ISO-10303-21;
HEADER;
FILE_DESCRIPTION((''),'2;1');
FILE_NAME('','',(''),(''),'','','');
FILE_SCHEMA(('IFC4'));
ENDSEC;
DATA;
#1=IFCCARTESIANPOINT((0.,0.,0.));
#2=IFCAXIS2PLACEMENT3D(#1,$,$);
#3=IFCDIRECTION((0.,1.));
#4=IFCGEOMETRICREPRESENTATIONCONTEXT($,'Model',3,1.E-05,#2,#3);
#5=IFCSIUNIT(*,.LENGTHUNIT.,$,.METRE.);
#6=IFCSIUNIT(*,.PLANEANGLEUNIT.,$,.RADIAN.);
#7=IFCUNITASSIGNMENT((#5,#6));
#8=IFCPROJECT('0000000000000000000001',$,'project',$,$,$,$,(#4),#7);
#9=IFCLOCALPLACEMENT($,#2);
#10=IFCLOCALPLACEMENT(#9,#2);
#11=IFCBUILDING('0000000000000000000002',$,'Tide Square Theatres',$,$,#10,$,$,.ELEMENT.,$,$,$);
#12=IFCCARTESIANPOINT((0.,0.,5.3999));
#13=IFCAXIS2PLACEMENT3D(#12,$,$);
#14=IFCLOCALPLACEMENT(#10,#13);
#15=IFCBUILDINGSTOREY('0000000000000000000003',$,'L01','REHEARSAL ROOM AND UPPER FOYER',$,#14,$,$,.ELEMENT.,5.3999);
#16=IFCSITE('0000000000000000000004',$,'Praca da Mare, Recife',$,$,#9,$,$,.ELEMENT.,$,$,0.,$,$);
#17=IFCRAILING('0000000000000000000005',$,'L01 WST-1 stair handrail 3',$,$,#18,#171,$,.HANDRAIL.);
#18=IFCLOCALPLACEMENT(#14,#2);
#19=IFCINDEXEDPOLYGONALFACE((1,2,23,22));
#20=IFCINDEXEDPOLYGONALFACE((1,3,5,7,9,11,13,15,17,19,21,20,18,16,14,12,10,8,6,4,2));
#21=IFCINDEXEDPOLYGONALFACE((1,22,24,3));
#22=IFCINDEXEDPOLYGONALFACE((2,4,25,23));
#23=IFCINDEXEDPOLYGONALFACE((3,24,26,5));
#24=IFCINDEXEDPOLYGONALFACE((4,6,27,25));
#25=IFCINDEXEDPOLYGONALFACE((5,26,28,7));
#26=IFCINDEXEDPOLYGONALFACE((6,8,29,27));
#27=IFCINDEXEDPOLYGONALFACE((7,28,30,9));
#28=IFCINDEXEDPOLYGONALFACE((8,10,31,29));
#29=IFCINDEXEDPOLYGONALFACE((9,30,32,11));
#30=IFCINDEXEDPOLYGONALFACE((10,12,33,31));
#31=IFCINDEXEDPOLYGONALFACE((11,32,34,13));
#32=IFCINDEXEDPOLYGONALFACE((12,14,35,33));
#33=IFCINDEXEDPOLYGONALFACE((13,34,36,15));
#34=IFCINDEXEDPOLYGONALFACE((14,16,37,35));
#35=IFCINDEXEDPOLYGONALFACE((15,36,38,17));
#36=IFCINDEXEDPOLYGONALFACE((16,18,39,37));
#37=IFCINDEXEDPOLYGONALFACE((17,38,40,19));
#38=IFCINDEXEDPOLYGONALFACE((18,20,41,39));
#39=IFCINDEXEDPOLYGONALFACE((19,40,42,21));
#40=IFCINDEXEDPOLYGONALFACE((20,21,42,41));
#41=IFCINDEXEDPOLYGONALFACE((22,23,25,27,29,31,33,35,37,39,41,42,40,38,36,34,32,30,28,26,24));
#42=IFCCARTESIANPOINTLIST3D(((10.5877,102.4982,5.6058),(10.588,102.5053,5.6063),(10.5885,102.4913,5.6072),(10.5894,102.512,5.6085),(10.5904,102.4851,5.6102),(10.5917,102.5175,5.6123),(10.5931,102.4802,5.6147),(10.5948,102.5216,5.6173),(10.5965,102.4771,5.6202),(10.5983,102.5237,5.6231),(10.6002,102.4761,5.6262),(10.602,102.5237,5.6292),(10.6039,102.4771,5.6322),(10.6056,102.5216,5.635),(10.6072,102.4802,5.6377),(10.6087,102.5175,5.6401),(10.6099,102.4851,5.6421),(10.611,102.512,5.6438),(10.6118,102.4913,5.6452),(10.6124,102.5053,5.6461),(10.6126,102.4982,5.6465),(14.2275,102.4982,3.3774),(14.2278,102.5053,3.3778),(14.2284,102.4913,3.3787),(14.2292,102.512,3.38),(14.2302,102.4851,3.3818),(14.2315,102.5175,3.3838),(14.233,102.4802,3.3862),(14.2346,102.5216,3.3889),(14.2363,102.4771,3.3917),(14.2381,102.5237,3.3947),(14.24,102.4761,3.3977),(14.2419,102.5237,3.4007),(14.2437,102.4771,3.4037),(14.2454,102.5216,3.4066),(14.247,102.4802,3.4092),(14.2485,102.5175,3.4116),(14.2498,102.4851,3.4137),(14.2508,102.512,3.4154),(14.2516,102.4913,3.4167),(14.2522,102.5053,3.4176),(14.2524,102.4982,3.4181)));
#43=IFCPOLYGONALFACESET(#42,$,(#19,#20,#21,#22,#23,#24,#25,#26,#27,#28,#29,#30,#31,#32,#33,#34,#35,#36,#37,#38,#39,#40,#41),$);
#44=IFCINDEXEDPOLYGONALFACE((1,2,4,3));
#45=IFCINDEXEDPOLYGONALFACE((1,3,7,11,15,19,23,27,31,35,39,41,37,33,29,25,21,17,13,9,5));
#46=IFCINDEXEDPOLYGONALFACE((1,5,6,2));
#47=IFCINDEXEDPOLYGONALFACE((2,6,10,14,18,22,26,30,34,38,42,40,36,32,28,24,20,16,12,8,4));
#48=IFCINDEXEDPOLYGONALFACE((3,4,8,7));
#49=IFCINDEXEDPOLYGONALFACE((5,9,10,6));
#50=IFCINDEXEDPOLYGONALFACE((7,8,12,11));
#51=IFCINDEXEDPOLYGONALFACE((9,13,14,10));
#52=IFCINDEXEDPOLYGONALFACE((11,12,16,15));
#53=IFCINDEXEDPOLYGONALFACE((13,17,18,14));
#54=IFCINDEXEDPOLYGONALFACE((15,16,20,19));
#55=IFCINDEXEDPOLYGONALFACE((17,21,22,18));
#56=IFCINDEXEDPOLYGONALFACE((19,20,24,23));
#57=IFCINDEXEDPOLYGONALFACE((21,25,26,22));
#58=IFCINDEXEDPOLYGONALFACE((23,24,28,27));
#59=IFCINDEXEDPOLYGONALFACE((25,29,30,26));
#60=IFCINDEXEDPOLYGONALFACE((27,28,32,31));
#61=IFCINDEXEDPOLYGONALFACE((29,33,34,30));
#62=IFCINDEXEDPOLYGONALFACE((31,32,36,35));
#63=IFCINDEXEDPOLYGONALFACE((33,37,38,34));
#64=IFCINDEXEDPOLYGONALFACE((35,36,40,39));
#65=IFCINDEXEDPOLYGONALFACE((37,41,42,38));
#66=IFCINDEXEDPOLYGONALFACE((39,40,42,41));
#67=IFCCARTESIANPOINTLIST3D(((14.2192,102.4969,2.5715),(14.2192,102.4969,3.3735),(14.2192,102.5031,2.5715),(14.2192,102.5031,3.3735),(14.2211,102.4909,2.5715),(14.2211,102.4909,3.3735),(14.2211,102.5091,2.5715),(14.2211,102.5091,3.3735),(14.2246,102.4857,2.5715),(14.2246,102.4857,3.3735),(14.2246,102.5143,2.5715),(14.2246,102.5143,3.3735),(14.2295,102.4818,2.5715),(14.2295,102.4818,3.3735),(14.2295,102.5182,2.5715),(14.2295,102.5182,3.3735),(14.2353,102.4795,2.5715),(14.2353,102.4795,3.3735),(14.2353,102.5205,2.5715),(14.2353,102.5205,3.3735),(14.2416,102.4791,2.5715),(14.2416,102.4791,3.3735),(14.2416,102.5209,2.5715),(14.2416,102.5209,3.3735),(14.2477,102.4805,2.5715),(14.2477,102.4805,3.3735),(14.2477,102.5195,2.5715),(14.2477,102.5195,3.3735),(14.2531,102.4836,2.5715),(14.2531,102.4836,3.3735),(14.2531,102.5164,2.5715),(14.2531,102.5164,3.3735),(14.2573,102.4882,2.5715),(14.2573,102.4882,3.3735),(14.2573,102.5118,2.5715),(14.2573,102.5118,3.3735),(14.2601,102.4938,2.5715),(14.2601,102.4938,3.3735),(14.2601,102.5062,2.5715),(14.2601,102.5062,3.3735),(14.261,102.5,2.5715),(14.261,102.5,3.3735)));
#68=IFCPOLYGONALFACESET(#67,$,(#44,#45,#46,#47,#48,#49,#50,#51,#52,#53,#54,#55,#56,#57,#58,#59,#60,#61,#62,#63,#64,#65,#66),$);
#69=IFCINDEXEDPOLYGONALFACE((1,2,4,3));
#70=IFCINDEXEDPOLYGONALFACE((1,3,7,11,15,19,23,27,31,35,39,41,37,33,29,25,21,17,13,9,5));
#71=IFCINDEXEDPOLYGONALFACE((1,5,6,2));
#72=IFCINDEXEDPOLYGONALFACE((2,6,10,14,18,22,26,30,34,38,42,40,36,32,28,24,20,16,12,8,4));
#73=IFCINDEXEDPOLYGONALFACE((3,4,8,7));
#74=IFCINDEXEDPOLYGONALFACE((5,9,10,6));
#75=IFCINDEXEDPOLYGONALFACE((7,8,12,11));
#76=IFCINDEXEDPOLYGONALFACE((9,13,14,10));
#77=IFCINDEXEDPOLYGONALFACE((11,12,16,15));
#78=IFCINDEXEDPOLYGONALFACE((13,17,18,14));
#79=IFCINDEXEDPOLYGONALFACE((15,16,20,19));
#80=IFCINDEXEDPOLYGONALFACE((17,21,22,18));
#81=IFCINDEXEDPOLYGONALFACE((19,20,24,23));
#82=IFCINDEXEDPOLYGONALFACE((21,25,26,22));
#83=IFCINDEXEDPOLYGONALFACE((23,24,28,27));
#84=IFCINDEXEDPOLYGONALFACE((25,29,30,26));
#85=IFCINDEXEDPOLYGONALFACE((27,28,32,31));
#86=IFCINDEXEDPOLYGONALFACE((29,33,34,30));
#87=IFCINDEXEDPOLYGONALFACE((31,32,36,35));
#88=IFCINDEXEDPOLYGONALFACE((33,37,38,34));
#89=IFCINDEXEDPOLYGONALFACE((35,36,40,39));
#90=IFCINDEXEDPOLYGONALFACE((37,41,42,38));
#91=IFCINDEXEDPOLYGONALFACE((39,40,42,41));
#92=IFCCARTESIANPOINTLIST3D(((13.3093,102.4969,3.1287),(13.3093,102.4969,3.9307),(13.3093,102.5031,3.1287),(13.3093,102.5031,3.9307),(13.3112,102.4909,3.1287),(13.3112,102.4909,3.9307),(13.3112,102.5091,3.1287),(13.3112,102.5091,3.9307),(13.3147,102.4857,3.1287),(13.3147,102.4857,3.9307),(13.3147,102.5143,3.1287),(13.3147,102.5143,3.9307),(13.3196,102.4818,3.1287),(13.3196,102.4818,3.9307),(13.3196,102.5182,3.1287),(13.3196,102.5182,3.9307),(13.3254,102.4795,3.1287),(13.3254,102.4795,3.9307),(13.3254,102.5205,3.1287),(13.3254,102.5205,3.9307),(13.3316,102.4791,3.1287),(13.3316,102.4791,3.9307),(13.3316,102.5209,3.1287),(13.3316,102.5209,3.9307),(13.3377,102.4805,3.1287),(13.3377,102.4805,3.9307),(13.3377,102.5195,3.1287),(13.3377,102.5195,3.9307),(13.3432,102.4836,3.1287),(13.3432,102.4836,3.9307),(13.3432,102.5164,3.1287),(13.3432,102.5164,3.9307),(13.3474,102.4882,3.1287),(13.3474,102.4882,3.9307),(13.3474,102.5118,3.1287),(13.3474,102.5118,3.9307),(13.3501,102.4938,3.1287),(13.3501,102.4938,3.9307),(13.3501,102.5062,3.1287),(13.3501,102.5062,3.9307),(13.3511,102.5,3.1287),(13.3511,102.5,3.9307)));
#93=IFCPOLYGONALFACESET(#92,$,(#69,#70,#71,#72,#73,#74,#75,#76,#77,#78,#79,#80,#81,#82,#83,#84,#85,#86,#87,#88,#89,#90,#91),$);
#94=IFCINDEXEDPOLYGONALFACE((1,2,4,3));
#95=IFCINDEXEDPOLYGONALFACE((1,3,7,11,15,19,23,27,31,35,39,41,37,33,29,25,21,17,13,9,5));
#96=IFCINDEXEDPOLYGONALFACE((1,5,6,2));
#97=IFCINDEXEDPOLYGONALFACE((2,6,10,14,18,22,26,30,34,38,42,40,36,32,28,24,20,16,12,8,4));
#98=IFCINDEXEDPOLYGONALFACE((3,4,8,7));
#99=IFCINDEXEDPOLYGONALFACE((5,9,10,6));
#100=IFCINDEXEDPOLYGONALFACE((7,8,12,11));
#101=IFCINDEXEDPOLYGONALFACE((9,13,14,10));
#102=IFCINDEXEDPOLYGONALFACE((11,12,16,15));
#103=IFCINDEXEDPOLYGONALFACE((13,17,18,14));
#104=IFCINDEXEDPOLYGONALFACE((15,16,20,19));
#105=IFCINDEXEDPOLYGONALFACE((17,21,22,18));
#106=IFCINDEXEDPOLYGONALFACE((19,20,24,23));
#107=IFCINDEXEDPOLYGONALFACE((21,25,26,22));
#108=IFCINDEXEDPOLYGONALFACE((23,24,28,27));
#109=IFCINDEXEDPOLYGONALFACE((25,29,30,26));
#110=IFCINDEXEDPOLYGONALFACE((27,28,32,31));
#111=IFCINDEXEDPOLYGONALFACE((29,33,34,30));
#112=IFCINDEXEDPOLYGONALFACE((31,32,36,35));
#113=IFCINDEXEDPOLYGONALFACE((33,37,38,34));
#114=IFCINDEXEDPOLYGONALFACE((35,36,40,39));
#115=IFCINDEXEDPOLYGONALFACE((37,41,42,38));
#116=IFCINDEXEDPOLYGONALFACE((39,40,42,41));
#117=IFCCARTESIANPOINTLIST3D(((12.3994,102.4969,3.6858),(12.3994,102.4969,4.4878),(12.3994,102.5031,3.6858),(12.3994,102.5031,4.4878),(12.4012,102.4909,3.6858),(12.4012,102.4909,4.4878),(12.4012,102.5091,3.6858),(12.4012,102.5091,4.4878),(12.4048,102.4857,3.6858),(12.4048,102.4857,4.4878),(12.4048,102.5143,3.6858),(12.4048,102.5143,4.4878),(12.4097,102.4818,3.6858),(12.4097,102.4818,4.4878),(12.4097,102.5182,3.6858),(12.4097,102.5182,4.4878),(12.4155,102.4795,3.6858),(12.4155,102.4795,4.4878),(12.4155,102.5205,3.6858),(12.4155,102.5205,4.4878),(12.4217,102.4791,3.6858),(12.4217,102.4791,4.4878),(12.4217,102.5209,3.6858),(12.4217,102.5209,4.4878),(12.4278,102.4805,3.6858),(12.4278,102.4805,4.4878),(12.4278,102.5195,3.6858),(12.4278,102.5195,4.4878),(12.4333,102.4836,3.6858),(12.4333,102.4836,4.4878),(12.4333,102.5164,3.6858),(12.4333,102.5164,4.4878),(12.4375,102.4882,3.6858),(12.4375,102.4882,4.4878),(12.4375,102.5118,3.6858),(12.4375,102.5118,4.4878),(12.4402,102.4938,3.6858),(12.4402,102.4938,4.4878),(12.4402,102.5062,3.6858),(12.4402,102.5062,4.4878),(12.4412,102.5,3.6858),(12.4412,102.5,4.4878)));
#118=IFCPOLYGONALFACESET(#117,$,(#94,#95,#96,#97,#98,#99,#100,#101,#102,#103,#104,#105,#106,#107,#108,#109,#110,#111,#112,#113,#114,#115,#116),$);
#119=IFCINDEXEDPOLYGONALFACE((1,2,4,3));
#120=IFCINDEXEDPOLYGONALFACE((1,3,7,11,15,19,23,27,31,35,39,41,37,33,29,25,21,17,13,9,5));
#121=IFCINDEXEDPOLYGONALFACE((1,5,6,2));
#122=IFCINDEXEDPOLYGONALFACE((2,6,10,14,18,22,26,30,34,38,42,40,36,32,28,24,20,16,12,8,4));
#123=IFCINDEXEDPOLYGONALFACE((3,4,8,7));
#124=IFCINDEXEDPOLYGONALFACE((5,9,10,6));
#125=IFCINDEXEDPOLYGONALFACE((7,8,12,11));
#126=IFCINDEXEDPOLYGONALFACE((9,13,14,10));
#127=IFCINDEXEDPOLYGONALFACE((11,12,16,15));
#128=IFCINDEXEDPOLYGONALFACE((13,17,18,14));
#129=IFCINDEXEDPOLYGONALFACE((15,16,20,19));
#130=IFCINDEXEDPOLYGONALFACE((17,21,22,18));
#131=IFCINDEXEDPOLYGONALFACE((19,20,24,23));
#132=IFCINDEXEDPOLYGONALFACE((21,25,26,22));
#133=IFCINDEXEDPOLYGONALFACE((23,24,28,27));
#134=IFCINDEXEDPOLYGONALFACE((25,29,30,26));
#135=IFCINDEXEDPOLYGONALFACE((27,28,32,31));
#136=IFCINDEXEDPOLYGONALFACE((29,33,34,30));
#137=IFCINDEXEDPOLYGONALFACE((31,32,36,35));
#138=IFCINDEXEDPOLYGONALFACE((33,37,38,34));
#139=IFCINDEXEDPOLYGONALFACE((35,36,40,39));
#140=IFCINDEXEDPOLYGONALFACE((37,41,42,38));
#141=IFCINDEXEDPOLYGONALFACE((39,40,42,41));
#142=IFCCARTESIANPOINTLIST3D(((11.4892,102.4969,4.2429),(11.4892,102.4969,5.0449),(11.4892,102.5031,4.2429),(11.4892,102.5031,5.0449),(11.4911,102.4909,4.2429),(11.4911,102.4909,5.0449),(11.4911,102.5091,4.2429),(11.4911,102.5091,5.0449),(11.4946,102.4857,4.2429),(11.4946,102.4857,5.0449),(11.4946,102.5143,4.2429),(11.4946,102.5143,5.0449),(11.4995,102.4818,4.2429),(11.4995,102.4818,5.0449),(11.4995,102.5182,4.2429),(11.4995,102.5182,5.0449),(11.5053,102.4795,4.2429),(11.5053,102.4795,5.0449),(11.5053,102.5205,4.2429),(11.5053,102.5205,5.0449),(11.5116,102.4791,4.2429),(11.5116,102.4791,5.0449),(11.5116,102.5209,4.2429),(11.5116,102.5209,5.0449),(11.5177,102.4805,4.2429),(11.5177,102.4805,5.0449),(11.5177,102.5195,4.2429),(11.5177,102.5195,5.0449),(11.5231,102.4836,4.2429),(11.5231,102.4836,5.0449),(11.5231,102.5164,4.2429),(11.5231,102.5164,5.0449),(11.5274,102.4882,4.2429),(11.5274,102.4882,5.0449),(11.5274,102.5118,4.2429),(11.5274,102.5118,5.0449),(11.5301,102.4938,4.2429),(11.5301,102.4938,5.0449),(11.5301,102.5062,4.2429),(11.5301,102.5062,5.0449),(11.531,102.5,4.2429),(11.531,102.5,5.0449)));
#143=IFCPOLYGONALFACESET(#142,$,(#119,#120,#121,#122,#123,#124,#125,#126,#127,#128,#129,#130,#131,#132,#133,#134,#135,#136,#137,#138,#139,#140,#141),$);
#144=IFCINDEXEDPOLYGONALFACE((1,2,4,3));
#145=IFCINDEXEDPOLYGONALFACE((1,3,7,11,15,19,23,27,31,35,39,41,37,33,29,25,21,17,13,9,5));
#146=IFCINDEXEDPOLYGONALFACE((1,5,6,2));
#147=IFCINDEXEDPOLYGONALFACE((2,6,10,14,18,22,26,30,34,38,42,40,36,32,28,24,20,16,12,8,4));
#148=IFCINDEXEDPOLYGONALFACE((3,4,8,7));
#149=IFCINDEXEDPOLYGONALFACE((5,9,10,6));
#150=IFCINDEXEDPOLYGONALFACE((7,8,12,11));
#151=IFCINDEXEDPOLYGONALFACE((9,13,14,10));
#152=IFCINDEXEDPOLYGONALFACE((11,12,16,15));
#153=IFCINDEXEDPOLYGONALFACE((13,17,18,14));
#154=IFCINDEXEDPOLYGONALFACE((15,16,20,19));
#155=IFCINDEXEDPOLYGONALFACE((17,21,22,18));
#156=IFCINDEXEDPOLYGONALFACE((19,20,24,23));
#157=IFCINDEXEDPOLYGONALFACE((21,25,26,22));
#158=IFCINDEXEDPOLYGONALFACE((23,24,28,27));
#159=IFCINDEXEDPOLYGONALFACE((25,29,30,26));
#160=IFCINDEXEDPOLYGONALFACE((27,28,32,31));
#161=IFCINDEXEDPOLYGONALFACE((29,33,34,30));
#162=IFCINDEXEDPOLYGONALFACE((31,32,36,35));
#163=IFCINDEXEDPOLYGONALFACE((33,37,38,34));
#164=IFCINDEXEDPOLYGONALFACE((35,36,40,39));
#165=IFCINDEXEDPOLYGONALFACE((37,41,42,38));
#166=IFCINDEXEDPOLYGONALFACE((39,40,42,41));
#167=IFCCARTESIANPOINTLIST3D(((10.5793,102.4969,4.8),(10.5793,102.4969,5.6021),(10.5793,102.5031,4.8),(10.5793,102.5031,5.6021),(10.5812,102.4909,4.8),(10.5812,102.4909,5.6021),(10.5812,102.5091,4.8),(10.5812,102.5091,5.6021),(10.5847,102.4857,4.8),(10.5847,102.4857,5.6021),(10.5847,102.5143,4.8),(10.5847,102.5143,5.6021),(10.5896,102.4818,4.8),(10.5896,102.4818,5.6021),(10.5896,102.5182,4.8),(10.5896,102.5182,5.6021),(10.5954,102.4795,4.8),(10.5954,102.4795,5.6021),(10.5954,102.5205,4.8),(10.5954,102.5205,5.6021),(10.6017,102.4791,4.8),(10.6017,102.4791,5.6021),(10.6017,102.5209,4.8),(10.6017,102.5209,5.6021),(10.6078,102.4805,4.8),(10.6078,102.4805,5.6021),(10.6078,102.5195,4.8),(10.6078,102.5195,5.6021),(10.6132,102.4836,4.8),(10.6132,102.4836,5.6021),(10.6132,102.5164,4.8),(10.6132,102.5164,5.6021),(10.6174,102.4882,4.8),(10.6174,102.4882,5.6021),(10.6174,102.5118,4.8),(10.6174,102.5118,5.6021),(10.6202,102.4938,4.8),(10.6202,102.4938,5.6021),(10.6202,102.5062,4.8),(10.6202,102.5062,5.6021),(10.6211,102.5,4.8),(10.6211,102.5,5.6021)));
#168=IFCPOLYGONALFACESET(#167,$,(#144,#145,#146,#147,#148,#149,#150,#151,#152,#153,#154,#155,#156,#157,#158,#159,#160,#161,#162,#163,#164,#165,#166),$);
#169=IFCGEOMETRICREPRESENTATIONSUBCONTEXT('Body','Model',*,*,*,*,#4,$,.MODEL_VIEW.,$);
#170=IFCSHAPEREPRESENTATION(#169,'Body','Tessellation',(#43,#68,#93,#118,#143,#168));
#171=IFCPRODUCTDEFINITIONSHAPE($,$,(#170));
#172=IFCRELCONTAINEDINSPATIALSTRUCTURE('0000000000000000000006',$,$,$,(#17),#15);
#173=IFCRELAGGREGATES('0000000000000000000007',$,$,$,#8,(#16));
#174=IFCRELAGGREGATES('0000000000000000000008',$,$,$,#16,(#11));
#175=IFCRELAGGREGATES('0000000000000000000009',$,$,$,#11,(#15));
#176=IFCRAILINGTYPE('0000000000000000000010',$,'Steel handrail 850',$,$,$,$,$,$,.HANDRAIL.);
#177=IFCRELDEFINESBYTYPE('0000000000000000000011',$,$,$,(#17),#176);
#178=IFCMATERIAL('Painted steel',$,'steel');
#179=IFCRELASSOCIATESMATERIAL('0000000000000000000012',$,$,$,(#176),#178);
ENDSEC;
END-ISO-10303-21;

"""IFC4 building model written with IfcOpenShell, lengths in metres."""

from ifc_helpers import new_model, si_unit, direction, frame, origin, origin_2d, place, context, subcontext, project, spatial, circle, extrude, material, type_object, element, save


model = new_model("IFC4")

# Units and contexts
model_context = context("Model", 3, precision=1e-05, world=origin(), true_north=direction((0.0, 1.0)))
body_context = subcontext(model_context, "Body", "Model", "MODEL_VIEW")
ifc_project = project(units=[si_unit("LENGTHUNIT", "METRE"), si_unit("PLANEANGLEUNIT", "RADIAN")], contexts=[model_context])

# Site, building, storey
site_placement = place(None, origin())
site = spatial("IfcSite", under=ifc_project, at=site_placement, Name="Praca da Mare, Recife", CompositionType="ELEMENT", RefElevation=0.0)
building_placement = place(site_placement, origin())
building = spatial("IfcBuilding", under=site, at=building_placement, Name="Tide Square Theatres", CompositionType="ELEMENT")
storey_placement = place(building_placement, frame((0.0, 0.0, 5.3999)))
storey = spatial("IfcBuildingStorey", under=building, at=storey_placement, Name="L01", Description="REHEARSAL ROOM AND UPPER FOYER", CompositionType="ELEMENT", Elevation=5.3999)

# Railing
ifc_material_1 = material(Name="Painted steel", Category="steel")
railing_type_1 = type_object("IfcRailingType", Name="Steel handrail 850", PredefinedType="HANDRAIL", material=ifc_material_1)
for number, where, name in (
    (1, (14.24, 102.5, 2.5715), "L01 WST-1 stair handrail 3"),
):
    element("IfcRailing", number, at=place(storey_placement, frame(where)), inside=storey, type_object=railing_type_1, Name=name, PredefinedType="HANDRAIL", context=body_context, shape_type="SweptSolid", body=[
        extrude(circle(Radius=0.0239, at=origin_2d()), frame((0.0, 0.0, 0.8262), z_axis=(-0.85285, 0.0, 0.522156), x_axis=(0.0, -1.0, 0.0)), (0.0, 0.0, 1.0), 4.2678),
        extrude(circle(Radius=0.021, at=origin_2d()), origin(), (0.0, 0.0, 1.0), 0.802),
        extrude(circle(Radius=0.021, at=origin_2d()), frame((-0.9099, 0.0, 0.5571)), (0.0, 0.0, 1.0), 0.802),
        extrude(circle(Radius=0.021, at=origin_2d()), frame((-1.8198, 0.0, 1.1143)), (0.0, 0.0, 1.0), 0.802),
        extrude(circle(Radius=0.021, at=origin_2d()), frame((-2.73, 0.0, 1.6714)), (0.0, 0.0, 1.0), 0.802),
        extrude(circle(Radius=0.021, at=origin_2d()), frame((-3.6399, 0.0, 2.2285)), (0.0, 0.0, 1.0), 0.802),
    ])

save(model, "model.ifc")
